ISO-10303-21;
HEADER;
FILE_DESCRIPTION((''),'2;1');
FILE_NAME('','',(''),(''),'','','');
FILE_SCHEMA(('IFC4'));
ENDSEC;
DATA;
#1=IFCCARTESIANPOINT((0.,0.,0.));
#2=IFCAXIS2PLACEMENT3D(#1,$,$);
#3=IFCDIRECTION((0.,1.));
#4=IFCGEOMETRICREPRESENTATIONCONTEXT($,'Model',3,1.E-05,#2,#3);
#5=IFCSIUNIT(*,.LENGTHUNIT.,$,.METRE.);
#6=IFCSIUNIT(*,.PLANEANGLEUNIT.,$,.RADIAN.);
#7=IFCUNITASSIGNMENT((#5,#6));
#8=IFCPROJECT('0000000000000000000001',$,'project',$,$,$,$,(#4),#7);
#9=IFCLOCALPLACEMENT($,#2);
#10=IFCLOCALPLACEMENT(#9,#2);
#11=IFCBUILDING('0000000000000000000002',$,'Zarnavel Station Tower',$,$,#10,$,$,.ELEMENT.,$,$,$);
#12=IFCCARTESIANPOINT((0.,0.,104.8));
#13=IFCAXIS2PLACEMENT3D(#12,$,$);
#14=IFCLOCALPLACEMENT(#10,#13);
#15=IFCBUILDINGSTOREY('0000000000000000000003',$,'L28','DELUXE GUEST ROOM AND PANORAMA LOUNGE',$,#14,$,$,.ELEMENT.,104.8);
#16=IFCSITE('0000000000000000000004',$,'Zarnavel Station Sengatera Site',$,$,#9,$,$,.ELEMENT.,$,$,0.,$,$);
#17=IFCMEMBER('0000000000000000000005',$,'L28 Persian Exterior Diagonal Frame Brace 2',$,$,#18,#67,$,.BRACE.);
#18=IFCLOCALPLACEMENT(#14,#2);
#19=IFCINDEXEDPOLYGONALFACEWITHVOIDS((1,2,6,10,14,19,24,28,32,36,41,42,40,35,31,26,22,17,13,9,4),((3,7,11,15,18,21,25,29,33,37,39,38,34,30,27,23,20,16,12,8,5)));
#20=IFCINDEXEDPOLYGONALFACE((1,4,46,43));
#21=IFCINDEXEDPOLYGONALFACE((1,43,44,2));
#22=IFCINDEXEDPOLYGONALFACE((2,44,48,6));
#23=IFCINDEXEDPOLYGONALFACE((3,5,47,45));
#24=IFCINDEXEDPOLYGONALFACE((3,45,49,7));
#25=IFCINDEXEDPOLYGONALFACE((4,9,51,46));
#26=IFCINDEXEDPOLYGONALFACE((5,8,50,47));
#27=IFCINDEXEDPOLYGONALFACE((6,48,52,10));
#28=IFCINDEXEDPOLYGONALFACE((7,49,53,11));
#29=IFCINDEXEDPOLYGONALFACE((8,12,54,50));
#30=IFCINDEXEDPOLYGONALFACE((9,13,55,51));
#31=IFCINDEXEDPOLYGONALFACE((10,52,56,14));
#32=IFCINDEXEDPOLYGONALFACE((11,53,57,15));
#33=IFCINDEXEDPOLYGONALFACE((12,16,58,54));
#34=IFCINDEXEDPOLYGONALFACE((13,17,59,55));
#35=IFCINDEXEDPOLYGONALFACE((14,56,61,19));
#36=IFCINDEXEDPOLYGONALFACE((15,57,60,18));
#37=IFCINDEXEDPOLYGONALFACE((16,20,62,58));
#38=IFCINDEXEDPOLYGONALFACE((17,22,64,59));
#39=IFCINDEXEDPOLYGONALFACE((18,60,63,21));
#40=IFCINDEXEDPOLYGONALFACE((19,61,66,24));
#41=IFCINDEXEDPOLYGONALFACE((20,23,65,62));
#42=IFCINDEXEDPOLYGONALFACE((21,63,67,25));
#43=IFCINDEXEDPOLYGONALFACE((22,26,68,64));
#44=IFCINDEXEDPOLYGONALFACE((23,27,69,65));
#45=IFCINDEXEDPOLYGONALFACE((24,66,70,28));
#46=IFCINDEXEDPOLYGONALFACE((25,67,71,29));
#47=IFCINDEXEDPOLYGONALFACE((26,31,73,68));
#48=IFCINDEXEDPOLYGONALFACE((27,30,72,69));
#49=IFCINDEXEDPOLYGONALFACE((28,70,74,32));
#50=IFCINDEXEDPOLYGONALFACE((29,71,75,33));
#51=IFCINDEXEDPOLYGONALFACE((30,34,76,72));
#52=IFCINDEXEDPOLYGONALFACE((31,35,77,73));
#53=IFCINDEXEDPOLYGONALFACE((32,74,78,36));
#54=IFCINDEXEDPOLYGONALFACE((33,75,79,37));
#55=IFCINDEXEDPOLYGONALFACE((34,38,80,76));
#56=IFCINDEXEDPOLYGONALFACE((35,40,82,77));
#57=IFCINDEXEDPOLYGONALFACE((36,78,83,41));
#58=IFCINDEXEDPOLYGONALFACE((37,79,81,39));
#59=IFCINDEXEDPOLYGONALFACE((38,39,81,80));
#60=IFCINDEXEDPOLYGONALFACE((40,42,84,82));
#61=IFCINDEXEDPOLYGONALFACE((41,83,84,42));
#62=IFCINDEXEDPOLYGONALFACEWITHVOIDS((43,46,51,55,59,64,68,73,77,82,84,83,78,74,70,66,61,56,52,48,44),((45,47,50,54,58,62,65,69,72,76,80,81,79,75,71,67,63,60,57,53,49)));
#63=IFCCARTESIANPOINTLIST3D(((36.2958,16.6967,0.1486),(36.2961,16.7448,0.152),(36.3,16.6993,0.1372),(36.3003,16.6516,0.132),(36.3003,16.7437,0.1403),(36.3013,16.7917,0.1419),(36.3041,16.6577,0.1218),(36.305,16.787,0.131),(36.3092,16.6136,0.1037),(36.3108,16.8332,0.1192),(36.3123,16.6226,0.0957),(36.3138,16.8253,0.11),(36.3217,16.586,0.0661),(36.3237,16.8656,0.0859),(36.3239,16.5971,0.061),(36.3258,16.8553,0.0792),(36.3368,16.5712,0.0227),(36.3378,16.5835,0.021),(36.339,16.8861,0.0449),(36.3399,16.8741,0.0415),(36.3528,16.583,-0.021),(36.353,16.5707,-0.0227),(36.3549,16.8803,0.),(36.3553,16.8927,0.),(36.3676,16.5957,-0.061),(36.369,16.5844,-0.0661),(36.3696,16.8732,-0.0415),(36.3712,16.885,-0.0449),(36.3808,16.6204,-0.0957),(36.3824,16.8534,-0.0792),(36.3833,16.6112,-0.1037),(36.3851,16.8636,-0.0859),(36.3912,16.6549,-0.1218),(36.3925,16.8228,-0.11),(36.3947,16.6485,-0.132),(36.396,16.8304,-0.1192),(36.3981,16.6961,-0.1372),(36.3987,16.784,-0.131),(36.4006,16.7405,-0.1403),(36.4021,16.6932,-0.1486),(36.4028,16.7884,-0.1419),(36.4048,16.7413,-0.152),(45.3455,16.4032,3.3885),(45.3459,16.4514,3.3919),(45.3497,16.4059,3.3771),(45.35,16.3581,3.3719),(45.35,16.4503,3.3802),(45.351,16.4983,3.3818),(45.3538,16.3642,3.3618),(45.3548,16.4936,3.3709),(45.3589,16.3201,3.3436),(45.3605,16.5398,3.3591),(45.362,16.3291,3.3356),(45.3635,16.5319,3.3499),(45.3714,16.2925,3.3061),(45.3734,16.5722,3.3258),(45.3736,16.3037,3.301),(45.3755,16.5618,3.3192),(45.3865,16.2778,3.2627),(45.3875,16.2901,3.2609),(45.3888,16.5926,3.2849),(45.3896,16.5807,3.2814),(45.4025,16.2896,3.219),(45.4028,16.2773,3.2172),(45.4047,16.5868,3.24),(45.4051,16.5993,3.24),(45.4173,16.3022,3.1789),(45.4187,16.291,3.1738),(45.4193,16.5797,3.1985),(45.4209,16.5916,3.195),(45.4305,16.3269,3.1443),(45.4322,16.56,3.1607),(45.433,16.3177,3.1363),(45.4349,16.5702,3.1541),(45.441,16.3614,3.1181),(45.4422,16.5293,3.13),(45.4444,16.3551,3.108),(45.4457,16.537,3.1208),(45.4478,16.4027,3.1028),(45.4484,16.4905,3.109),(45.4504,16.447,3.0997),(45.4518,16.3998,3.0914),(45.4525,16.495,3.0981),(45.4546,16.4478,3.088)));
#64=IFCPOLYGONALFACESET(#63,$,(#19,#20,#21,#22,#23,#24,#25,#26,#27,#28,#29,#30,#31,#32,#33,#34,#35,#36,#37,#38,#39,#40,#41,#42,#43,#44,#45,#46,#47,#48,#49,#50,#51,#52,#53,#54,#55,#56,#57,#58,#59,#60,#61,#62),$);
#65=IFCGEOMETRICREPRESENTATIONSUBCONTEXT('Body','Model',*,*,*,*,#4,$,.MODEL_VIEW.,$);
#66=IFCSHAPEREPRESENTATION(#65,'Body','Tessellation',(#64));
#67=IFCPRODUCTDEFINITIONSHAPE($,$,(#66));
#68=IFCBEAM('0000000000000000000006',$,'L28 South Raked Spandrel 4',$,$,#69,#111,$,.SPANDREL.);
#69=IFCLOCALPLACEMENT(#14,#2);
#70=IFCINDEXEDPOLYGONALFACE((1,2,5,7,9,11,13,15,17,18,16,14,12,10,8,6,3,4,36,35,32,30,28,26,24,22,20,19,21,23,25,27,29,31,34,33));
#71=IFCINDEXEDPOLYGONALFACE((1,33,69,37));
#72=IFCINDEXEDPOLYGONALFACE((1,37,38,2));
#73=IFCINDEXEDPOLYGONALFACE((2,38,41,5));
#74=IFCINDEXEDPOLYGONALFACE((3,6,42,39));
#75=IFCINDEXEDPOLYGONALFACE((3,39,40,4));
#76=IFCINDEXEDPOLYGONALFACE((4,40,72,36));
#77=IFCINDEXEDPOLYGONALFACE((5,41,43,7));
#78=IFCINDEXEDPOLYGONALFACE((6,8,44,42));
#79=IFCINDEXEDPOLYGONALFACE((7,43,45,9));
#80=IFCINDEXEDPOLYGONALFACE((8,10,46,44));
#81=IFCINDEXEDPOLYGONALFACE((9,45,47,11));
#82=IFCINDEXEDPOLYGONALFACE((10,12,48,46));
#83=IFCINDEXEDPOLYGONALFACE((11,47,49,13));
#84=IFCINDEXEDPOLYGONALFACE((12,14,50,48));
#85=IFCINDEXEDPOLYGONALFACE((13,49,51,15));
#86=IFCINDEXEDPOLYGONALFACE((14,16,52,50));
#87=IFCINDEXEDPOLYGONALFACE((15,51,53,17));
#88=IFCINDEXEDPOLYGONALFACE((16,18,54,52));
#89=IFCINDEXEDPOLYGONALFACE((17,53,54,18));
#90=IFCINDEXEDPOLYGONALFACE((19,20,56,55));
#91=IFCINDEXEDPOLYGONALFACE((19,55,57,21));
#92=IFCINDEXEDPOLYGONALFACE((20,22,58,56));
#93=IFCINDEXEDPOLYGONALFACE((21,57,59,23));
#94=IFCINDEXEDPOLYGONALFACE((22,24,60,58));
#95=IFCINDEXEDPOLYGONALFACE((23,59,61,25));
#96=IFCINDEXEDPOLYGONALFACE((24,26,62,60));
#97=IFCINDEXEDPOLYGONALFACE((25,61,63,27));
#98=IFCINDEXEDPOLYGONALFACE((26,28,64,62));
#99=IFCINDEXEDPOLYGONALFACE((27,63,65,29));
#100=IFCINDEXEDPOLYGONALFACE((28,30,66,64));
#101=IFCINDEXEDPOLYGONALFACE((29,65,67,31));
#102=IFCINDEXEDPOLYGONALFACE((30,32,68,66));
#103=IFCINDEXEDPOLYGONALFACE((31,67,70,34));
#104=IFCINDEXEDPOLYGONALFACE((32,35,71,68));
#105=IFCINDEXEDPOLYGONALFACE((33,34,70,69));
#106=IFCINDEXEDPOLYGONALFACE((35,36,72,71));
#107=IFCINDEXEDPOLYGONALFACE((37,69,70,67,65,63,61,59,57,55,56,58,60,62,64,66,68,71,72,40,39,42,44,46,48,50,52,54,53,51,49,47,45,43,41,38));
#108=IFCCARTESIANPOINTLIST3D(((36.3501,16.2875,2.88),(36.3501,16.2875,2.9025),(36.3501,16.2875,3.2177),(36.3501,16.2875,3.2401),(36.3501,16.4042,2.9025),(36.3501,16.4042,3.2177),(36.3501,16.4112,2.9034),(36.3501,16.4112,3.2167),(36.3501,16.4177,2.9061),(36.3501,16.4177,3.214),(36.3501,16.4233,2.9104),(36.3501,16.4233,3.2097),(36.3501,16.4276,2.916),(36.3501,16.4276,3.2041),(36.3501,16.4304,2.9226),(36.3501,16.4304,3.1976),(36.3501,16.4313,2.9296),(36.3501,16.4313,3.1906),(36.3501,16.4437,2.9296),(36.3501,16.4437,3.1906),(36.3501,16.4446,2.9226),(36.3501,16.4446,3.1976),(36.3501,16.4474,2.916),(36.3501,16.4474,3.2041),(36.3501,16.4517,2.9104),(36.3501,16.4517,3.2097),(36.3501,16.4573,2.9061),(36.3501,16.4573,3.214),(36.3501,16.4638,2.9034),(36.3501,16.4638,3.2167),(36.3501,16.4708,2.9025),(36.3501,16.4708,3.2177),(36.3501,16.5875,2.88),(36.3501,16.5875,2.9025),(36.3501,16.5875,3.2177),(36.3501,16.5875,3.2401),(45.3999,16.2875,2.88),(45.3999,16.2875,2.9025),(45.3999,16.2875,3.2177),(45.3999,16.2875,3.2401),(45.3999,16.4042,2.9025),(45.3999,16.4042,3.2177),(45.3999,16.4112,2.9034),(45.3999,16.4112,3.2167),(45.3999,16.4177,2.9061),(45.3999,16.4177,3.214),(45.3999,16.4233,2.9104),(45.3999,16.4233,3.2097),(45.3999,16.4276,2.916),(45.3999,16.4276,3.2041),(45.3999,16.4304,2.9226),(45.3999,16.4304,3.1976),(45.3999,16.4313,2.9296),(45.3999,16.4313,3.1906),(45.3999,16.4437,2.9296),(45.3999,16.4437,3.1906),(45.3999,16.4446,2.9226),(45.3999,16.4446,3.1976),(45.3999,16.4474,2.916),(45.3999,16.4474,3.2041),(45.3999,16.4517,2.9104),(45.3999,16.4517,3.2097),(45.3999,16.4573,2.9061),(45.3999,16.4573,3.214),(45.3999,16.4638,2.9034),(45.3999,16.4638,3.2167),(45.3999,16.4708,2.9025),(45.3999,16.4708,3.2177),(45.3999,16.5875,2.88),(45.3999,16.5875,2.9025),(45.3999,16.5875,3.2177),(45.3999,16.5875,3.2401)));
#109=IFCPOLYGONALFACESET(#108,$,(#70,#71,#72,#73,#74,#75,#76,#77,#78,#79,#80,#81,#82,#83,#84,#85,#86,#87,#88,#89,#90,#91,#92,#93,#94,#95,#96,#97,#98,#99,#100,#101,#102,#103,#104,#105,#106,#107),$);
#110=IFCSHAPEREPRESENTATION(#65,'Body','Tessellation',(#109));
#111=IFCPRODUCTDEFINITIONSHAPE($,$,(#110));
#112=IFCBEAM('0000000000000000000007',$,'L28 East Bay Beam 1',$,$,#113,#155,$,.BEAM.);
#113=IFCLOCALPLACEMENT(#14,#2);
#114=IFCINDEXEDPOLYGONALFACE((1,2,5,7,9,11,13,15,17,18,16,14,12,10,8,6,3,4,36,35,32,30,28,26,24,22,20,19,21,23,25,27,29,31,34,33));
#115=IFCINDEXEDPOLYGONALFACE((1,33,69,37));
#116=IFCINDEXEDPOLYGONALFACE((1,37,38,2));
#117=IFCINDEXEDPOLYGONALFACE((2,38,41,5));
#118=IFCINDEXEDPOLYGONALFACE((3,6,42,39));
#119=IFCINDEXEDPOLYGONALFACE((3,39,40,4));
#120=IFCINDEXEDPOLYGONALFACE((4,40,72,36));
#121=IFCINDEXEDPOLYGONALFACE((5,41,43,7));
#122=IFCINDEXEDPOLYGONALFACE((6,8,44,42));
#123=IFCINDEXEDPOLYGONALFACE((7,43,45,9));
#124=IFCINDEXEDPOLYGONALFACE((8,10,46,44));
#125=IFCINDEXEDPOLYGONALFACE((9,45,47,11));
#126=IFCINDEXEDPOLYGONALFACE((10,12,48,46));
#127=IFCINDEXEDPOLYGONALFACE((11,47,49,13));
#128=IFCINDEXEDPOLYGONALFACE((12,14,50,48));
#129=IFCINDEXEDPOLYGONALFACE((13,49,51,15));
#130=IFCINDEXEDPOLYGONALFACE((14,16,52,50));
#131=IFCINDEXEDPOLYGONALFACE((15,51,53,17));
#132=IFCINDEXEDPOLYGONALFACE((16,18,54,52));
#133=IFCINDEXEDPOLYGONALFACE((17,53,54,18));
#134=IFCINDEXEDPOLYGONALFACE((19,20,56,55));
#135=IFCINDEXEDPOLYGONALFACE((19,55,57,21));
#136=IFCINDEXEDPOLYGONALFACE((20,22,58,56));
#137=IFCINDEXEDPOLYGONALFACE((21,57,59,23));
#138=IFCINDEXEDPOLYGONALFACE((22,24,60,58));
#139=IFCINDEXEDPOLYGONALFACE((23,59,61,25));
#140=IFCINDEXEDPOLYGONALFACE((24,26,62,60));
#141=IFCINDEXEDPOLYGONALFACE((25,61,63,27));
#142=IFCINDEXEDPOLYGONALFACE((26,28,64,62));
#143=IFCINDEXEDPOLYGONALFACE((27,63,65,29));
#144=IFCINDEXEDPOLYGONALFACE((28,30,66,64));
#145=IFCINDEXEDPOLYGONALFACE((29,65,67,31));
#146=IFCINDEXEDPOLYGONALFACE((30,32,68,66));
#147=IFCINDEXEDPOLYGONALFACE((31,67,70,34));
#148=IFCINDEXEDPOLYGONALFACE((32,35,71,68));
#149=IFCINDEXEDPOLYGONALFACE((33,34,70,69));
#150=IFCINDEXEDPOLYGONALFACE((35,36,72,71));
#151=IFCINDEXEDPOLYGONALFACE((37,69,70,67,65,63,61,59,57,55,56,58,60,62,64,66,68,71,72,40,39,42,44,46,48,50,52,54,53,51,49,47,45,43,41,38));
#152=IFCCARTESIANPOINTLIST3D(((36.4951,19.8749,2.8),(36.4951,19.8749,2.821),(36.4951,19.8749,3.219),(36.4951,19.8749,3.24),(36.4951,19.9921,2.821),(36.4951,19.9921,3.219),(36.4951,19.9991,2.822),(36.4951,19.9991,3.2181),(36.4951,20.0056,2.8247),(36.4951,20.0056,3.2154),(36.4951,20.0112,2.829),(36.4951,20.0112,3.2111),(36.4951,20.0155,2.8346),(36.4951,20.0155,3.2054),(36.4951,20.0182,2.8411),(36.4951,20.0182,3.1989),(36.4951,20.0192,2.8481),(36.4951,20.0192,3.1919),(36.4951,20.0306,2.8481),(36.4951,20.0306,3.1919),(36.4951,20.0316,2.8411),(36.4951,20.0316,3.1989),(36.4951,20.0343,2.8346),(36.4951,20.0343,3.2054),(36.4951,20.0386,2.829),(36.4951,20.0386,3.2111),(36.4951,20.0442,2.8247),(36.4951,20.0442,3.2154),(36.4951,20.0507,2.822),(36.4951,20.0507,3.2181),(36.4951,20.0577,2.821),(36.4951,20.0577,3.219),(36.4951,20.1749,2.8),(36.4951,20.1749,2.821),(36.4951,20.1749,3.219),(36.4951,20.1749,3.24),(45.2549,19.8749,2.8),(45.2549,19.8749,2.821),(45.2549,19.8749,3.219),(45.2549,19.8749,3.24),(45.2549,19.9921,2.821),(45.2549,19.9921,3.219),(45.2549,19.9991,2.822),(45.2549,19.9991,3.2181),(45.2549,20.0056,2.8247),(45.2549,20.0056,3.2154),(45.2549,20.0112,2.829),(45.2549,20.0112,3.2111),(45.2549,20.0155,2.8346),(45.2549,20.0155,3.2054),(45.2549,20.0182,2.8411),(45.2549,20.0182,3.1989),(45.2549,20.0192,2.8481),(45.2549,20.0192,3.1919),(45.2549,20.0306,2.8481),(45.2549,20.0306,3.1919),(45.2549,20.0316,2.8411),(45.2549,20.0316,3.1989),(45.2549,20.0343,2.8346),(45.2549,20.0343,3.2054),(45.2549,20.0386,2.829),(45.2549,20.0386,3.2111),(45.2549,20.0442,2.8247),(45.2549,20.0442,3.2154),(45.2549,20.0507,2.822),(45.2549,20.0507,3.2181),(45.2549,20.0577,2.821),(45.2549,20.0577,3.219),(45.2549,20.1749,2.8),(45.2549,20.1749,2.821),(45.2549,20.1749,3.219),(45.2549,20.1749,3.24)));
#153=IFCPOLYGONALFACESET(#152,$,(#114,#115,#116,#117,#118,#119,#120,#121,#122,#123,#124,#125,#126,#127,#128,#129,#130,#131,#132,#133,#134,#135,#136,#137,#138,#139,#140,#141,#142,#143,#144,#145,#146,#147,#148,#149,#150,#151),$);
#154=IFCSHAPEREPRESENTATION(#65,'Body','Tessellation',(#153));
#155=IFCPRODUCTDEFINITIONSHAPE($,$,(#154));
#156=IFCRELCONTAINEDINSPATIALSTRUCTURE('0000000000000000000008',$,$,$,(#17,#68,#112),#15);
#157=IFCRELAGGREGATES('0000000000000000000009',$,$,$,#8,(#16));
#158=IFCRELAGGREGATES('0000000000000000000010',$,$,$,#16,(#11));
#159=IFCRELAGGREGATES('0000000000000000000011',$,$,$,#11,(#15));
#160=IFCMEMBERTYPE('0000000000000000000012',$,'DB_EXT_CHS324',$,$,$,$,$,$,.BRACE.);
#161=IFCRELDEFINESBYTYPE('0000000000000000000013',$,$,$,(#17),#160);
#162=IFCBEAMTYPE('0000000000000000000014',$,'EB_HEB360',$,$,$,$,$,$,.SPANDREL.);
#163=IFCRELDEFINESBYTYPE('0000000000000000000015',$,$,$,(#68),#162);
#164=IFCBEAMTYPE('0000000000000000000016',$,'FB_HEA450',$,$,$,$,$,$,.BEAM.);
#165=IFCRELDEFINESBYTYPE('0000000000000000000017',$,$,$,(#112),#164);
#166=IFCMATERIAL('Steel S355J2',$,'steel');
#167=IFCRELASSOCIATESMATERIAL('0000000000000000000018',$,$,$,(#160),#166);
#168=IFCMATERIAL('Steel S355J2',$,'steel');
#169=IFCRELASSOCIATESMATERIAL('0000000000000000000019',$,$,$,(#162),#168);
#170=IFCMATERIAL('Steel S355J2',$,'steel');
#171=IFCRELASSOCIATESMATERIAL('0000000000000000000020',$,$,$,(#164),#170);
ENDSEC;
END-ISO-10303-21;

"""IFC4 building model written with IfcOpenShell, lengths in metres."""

from ifc_helpers import new_model, si_unit, direction, frame, origin, origin_2d, place, context, subcontext, project, spatial, hollow_circle, i_section, extrude, material, material_profile, profile_set, type_object, element, save


model = new_model("IFC4")

# Units and contexts
model_context = context("Model", 3, precision=1e-05, world=origin(), true_north=direction((0.0, 1.0)))
body_context = subcontext(model_context, "Body", "Model", "MODEL_VIEW")
ifc_project = project(units=[si_unit("LENGTHUNIT", "METRE"), si_unit("PLANEANGLEUNIT", "RADIAN")], contexts=[model_context])

# Site, building, storey
site_placement = place(None, origin())
site = spatial("IfcSite", under=ifc_project, at=site_placement, Name="Zarnavel Station Sengatera Site", CompositionType="ELEMENT", RefElevation=0.0)
building_placement = place(site_placement, origin())
building = spatial("IfcBuilding", under=site, at=building_placement, Name="Zarnavel Station Tower", CompositionType="ELEMENT")
storey_placement = place(building_placement, frame((0.0, 0.0, 104.8)))
storey = spatial("IfcBuildingStorey", under=building, at=storey_placement, Name="L28", Description="DELUXE GUEST ROOM AND PANORAMA LOUNGE", CompositionType="ELEMENT", Elevation=104.8)

# Member
ifc_material_1 = material(Name="Steel S355J2", Category="steel")
ifc_material_profile_1 = material_profile(ifc_material_1, hollow_circle(Radius=0.1619, WallThickness=0.0125, at=origin_2d()), Name="CHS323.9x12.5")
ifc_profile_set_1 = profile_set([ifc_material_profile_1], Name="Steel S355J2")
member_type_1 = type_object("IfcMemberType", Name="DB_EXT_CHS324", PredefinedType="BRACE", material=ifc_profile_set_1)
member_1_placement = place(storey_placement, frame((36.3501, 16.731, 0.0), z_axis=(0.941042, -0.030515, 0.33691), x_axis=(0.03241, 0.999475, 0.0)))
element("IfcMember", 1, at=member_1_placement, inside=storey, type_object=member_type_1, Name="L28 Persian Exterior Diagonal Frame Brace 2", PredefinedType="BRACE", context=body_context, shape_type="SweptSolid", body=[
    extrude(hollow_circle(Radius=0.1619, WallThickness=0.0125, at=origin_2d()), origin(), (0.0, 0.0, 1.0), 9.6167),
])

# Beams
ifc_material_2 = material(Name="Steel S355J2", Category="steel")
ifc_material_profile_2 = material_profile(ifc_material_2, i_section(OverallWidth=0.3, OverallDepth=0.3601, WebThickness=0.0125, FlangeThickness=0.0225, FilletRadius=0.0271, at=origin_2d()), Name="HEB360")
ifc_profile_set_2 = profile_set([ifc_material_profile_2], Name="Steel S355J2")
beam_type_1 = type_object("IfcBeamType", Name="EB_HEB360", PredefinedType="SPANDREL", material=ifc_profile_set_2)
beam_1_placement = place(storey_placement, frame((36.3501, 16.4375, 3.0601), z_axis=(1.0, 0.0, 0.0), x_axis=(0.0, 1.0, 0.0)))
element("IfcBeam", 2, at=beam_1_placement, inside=storey, type_object=beam_type_1, Name="L28 South Raked Spandrel 4", PredefinedType="SPANDREL", context=body_context, shape_type="SweptSolid", body=[
    extrude(i_section(OverallWidth=0.3, OverallDepth=0.3601, WebThickness=0.0125, FlangeThickness=0.0225, FilletRadius=0.0271, at=origin_2d()), origin(), (0.0, 0.0, 1.0), 9.0498),
])
ifc_material_3 = material(Name="Steel S355J2", Category="steel")
ifc_material_profile_3 = material_profile(ifc_material_3, i_section(OverallWidth=0.3, OverallDepth=0.4399, WebThickness=0.0115, FlangeThickness=0.021, FilletRadius=0.0271, at=origin_2d()), Name="HEA450")
ifc_profile_set_3 = profile_set([ifc_material_profile_3], Name="Steel S355J2")
beam_type_2 = type_object("IfcBeamType", Name="FB_HEA450", PredefinedType="BEAM", material=ifc_profile_set_3)
beam_2_placement = place(storey_placement, frame((36.4951, 20.0249, 3.02), z_axis=(1.0, 0.0, 0.0), x_axis=(0.0, 1.0, 0.0)))
element("IfcBeam", 3, at=beam_2_placement, inside=storey, type_object=beam_type_2, Name="L28 East Bay Beam 1", PredefinedType="BEAM", context=body_context, shape_type="SweptSolid", body=[
    extrude(i_section(OverallWidth=0.3, OverallDepth=0.4399, WebThickness=0.0115, FlangeThickness=0.021, FilletRadius=0.0271, at=origin_2d()), origin(), (0.0, 0.0, 1.0), 8.7598),
])

save(model, "model.ifc")
